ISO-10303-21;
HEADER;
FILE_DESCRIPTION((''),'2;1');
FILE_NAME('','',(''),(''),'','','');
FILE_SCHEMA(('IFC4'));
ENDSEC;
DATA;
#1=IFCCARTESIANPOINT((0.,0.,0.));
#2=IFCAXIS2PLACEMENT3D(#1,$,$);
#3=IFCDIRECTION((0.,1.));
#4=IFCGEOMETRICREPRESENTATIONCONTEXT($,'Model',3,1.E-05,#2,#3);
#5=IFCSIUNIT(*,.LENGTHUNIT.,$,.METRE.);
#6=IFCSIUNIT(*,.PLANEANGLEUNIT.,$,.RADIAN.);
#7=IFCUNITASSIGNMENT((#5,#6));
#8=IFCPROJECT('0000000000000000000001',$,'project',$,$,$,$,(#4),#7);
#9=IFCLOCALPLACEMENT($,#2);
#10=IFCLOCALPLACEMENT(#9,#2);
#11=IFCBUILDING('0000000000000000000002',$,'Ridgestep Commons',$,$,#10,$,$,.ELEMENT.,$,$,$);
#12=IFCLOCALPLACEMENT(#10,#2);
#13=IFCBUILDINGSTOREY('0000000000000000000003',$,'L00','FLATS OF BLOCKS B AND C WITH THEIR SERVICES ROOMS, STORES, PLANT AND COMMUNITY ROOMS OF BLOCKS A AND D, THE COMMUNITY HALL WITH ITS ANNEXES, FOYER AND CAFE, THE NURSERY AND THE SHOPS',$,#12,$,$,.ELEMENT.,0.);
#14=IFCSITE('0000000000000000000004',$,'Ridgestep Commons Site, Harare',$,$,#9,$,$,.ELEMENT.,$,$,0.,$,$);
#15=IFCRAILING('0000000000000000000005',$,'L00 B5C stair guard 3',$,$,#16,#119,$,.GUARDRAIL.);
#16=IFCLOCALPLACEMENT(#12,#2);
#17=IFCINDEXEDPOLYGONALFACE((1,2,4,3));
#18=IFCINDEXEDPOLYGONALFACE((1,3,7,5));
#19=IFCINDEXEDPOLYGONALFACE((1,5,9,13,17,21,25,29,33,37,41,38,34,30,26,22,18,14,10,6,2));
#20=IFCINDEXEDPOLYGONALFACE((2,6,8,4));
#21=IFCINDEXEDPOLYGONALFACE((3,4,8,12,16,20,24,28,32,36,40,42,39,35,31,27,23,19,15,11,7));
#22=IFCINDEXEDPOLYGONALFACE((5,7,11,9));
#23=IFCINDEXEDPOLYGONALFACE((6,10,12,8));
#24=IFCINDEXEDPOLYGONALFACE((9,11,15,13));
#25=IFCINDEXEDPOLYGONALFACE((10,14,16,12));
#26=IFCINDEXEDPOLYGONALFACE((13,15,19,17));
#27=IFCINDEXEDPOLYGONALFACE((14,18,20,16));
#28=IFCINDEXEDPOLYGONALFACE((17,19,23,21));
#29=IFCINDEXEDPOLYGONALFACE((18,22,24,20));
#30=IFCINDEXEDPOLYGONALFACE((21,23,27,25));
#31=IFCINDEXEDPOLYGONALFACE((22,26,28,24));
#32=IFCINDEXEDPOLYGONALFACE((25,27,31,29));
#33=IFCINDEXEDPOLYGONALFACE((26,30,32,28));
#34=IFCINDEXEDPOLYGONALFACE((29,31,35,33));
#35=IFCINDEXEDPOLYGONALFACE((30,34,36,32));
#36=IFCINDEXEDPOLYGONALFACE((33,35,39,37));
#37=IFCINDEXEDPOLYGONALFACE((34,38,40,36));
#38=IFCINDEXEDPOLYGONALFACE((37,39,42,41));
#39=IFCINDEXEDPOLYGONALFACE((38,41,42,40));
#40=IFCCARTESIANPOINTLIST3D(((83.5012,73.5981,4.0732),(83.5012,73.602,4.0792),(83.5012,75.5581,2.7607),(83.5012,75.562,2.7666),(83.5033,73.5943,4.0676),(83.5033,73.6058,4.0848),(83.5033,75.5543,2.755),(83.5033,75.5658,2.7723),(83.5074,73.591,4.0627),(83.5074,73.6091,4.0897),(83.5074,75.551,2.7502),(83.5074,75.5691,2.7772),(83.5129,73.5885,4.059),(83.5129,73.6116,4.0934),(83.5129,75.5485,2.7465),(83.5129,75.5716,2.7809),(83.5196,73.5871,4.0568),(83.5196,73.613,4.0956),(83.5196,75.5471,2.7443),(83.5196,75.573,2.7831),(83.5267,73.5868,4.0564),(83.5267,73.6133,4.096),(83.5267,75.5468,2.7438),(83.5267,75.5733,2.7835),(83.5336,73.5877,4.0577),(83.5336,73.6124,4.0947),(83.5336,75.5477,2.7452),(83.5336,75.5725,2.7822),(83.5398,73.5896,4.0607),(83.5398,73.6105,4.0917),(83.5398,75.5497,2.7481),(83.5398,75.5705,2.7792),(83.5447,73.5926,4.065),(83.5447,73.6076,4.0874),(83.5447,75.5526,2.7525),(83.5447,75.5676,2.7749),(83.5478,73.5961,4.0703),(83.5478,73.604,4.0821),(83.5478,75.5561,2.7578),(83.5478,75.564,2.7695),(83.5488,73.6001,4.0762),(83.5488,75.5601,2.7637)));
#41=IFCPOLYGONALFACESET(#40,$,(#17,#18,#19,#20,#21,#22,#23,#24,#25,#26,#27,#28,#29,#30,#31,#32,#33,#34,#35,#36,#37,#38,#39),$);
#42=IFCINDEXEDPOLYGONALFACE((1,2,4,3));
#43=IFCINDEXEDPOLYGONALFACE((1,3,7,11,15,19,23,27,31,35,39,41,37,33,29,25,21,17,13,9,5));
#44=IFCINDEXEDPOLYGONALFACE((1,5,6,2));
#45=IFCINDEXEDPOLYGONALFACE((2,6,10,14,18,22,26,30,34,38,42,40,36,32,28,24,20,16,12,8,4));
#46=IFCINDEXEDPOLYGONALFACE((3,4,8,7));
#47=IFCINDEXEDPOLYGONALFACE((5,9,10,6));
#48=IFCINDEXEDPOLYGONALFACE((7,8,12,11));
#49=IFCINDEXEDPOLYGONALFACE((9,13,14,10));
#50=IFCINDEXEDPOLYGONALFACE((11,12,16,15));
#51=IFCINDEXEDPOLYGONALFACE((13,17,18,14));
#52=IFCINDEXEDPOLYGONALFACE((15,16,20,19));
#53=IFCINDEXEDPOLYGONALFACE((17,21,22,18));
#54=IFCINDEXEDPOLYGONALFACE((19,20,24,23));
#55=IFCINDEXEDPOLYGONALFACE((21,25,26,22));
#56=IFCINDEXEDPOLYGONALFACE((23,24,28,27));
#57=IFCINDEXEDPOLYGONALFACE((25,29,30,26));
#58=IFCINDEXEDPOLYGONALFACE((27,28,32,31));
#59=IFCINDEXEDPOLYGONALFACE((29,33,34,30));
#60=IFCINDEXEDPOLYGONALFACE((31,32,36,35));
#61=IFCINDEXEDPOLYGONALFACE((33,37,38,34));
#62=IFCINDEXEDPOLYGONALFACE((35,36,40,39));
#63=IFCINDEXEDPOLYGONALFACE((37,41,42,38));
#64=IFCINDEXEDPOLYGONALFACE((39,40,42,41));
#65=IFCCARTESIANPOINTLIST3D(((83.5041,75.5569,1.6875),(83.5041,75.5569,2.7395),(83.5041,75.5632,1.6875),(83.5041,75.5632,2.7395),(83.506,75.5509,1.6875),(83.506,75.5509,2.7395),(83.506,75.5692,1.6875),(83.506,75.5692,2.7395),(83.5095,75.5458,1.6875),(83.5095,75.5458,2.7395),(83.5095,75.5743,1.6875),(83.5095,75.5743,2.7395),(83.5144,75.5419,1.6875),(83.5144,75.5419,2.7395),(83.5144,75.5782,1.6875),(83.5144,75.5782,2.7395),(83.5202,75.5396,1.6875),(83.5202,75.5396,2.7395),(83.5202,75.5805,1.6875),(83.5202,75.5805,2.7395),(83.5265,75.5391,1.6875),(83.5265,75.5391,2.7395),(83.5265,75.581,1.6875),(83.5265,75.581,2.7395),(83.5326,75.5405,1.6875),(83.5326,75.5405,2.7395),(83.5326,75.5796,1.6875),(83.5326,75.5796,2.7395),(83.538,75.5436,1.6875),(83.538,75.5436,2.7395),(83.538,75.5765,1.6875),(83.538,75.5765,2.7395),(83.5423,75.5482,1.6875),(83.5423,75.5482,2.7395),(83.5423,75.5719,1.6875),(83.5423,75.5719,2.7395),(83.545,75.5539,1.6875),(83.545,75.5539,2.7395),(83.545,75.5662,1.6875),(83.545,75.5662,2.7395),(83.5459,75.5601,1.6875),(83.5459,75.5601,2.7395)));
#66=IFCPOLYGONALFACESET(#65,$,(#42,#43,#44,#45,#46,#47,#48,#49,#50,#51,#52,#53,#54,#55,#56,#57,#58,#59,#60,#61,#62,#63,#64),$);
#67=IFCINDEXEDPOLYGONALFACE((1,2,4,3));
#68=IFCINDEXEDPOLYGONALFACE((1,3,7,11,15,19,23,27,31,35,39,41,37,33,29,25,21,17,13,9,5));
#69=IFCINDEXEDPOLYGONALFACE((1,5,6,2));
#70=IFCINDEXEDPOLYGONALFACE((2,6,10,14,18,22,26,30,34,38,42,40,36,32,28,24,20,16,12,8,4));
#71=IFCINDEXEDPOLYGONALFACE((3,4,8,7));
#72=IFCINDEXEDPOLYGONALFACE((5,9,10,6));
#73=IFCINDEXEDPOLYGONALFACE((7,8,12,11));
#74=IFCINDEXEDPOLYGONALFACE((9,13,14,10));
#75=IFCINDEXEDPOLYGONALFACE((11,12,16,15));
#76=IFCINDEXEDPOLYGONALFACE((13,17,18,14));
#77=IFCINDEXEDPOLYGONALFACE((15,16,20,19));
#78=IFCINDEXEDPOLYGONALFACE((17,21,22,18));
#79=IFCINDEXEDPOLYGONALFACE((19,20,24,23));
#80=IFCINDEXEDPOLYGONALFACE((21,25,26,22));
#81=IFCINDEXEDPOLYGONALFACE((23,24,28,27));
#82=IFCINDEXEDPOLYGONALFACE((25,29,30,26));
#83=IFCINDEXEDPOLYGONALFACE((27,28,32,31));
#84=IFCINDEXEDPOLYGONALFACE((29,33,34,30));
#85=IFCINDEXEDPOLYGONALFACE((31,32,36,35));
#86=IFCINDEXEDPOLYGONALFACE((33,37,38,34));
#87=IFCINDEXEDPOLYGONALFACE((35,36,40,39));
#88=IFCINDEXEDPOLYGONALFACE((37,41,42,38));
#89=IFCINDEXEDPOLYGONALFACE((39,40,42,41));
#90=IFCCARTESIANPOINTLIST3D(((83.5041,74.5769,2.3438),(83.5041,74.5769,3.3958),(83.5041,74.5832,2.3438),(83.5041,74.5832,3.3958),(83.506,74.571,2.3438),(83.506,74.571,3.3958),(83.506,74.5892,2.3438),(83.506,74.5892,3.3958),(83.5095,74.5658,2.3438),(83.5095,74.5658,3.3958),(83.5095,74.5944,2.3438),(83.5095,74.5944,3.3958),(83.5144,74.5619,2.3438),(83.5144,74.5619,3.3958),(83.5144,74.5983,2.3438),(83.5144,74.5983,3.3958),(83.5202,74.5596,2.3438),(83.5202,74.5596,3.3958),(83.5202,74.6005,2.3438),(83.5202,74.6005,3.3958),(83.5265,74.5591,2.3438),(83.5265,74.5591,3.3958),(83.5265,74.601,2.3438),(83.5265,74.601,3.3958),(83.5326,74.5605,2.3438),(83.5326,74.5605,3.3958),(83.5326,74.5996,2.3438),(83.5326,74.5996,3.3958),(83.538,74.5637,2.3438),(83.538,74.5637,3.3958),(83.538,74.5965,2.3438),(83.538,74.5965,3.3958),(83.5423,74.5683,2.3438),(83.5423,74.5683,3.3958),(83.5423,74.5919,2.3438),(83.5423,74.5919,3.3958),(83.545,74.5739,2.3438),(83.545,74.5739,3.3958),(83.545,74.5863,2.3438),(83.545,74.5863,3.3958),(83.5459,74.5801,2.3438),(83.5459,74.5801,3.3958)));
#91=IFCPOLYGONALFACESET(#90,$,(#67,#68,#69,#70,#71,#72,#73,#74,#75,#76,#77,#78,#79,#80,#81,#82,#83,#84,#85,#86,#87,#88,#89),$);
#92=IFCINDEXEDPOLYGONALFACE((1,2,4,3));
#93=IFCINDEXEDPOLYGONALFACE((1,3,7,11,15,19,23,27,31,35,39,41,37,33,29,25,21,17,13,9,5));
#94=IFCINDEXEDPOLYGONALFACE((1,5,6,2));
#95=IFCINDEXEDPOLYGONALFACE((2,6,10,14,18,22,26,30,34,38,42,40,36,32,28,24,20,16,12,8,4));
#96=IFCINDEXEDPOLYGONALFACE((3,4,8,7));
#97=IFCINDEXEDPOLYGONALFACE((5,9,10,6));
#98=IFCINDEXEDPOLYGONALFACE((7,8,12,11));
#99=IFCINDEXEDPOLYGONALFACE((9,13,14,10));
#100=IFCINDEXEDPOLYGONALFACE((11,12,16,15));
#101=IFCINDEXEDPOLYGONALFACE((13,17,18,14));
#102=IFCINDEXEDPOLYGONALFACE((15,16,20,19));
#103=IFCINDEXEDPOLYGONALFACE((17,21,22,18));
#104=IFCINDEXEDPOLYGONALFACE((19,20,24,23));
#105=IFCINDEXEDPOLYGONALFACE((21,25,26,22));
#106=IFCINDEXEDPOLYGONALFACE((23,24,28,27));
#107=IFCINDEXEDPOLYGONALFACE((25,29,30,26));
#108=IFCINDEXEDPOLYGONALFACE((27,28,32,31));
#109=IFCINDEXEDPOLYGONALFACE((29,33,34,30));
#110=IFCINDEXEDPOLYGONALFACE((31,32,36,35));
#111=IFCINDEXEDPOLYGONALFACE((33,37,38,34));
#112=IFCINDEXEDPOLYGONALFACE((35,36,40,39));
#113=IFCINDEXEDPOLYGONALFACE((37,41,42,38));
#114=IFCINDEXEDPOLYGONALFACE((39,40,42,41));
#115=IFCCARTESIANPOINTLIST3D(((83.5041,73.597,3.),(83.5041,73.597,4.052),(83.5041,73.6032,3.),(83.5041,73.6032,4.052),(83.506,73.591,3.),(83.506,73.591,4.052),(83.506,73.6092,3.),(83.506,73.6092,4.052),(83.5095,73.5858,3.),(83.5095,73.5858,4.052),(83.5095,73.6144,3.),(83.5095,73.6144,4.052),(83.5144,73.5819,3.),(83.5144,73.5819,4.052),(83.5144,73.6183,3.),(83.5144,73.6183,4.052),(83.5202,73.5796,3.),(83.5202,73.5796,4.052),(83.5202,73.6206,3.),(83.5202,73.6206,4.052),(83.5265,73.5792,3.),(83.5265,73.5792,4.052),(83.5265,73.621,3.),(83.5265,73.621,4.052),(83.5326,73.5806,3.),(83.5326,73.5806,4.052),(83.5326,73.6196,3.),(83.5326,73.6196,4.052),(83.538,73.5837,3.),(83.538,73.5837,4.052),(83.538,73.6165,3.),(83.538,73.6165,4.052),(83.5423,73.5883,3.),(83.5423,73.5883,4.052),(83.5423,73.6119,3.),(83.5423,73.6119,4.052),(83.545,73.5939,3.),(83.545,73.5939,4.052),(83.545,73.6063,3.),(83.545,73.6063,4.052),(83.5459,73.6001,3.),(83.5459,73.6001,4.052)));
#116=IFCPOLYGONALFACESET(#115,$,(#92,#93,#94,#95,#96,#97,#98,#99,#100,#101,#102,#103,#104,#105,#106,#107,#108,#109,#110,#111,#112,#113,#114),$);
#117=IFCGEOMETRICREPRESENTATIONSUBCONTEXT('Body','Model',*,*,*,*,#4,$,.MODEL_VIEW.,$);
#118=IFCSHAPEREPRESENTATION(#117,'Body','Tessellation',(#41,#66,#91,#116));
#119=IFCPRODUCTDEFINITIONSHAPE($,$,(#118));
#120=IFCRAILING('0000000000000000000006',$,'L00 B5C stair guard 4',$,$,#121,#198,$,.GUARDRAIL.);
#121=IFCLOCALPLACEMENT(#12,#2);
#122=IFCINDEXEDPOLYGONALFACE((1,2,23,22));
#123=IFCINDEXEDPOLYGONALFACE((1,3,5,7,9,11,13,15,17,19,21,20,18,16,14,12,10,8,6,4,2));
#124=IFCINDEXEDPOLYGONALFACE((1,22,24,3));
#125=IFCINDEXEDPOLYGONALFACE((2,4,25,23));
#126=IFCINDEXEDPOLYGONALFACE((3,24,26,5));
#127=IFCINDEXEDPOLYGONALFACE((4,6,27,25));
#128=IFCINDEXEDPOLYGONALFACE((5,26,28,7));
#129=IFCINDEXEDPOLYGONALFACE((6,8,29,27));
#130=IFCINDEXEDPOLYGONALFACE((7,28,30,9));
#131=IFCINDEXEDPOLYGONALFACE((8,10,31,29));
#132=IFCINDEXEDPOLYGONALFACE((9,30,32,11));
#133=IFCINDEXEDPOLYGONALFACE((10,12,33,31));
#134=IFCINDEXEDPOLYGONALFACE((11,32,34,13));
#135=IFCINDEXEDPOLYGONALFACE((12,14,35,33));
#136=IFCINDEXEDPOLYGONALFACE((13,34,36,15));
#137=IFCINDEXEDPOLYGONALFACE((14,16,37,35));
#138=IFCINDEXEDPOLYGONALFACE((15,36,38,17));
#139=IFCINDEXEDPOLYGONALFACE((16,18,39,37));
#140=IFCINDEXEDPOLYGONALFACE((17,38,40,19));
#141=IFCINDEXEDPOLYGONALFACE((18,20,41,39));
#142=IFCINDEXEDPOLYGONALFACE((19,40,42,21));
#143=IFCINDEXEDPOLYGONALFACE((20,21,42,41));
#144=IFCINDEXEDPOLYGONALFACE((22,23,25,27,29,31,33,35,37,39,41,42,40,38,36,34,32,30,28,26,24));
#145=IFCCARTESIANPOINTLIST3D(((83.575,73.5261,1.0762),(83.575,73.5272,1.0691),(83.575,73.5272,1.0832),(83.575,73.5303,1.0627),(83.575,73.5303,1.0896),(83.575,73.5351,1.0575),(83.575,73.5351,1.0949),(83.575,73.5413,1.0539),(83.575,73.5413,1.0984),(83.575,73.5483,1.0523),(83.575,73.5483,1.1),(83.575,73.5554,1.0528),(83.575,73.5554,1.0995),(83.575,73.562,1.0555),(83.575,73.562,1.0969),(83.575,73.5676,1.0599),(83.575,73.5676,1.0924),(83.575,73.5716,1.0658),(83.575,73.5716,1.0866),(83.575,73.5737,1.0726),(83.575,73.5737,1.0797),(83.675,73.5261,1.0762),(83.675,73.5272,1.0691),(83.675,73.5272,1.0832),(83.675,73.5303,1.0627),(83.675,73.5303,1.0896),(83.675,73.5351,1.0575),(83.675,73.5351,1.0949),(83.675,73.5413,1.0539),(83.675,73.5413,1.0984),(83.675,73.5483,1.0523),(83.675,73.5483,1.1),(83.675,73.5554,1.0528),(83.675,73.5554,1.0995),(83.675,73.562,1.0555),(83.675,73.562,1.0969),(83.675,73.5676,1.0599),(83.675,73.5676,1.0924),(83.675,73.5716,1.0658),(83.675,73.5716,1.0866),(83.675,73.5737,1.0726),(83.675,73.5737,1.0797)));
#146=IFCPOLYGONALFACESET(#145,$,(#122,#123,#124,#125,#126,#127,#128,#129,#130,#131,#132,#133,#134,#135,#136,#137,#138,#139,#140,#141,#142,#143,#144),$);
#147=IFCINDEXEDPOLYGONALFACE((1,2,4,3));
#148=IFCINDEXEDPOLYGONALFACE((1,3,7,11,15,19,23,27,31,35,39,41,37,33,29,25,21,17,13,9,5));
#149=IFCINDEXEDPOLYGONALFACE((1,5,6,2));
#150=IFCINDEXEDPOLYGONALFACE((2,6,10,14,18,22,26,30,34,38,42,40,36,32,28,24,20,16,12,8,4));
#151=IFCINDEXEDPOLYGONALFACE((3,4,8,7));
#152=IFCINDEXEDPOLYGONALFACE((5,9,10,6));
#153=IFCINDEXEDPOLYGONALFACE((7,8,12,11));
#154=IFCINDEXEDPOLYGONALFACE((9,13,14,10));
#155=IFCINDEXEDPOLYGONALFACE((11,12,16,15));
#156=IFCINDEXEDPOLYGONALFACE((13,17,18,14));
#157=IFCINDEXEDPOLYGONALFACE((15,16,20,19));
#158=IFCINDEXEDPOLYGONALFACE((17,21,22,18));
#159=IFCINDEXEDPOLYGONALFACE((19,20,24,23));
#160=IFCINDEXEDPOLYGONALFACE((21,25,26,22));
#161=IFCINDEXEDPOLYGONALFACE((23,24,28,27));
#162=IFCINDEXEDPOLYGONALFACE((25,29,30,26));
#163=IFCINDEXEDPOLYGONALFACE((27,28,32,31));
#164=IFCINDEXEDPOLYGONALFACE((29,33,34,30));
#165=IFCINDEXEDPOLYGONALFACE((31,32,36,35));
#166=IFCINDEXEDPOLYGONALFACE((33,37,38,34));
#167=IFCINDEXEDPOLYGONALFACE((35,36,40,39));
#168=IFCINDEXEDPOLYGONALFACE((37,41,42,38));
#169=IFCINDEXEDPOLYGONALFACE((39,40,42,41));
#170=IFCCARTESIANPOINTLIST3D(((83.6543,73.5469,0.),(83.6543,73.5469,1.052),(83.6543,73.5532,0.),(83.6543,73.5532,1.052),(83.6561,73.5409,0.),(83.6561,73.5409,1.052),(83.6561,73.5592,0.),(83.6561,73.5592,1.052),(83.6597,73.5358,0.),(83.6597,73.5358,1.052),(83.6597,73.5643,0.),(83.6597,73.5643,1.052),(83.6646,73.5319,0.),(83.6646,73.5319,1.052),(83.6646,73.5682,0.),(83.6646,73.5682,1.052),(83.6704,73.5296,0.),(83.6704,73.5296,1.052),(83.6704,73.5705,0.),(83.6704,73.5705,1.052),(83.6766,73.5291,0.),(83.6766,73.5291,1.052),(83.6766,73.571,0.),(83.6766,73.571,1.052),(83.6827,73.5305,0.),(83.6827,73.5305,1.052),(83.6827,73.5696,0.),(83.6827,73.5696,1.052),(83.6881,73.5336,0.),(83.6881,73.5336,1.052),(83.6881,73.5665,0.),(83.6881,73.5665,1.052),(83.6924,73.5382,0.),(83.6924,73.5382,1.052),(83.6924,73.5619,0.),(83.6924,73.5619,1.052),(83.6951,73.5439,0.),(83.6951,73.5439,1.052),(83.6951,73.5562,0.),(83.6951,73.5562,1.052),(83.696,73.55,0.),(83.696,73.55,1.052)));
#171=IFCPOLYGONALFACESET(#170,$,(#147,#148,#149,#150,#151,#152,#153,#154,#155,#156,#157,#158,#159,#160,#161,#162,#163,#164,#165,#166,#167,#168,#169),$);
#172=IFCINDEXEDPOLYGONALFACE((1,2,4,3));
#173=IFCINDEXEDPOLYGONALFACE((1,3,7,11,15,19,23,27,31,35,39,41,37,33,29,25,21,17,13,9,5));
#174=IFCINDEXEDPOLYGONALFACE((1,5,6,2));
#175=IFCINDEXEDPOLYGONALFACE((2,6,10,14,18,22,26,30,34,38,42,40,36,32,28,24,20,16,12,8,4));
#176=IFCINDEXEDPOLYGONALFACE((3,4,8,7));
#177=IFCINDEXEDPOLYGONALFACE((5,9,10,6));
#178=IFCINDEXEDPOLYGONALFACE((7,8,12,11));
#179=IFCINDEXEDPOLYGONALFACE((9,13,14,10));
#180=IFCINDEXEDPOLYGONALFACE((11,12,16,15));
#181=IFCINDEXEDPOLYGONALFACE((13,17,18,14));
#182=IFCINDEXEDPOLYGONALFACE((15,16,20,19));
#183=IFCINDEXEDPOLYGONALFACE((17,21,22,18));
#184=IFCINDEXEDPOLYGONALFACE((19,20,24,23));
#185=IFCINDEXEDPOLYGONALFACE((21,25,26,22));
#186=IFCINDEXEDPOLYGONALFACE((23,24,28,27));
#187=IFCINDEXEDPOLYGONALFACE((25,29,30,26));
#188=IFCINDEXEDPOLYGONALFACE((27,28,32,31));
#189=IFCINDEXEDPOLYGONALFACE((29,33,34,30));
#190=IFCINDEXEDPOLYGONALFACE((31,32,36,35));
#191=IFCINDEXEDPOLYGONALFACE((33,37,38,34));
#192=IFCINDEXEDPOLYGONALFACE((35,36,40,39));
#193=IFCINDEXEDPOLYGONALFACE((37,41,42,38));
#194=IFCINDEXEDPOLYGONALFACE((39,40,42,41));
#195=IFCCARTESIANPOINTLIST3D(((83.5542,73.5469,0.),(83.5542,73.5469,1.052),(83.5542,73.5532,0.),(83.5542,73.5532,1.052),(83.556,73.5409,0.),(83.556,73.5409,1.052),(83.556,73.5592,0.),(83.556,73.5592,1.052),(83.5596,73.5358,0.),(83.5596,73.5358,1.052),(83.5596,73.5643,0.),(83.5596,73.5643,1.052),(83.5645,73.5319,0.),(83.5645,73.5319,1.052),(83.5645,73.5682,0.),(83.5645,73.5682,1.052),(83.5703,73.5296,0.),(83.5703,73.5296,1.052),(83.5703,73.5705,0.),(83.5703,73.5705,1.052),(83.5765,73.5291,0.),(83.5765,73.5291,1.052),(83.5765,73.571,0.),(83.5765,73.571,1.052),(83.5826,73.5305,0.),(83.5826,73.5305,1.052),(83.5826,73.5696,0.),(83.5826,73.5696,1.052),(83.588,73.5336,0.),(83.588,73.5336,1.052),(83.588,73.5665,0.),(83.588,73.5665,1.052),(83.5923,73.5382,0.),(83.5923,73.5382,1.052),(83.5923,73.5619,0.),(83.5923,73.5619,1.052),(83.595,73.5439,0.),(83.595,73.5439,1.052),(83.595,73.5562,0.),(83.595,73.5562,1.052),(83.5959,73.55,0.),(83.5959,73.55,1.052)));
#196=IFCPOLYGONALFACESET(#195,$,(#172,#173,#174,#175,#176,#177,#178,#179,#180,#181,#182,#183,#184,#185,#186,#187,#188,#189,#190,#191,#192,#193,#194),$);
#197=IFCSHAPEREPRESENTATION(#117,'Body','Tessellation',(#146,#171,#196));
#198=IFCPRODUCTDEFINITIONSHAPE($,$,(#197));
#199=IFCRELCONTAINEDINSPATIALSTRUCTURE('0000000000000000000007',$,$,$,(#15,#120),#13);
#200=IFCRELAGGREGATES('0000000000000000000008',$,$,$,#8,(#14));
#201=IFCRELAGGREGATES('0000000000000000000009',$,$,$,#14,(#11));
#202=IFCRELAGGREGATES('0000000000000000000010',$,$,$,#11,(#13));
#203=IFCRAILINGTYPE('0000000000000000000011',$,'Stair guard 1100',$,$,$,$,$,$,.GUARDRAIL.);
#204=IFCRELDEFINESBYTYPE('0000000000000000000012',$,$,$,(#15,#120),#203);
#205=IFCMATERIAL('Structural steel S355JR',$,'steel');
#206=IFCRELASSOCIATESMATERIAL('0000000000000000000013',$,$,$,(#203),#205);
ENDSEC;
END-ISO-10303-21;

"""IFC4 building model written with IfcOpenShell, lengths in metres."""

from ifc_helpers import new_model, si_unit, direction, frame, origin, origin_2d, place, context, subcontext, project, spatial, circle, extrude, material, type_object, element, save


model = new_model("IFC4")

# Units and contexts
model_context = context("Model", 3, precision=1e-05, world=origin(), true_north=direction((0.0, 1.0)))
body_context = subcontext(model_context, "Body", "Model", "MODEL_VIEW")
ifc_project = project(units=[si_unit("LENGTHUNIT", "METRE"), si_unit("PLANEANGLEUNIT", "RADIAN")], contexts=[model_context])

# Site, building, storey
site_placement = place(None, origin())
site = spatial("IfcSite", under=ifc_project, at=site_placement, Name="Ridgestep Commons Site, Harare", CompositionType="ELEMENT", RefElevation=0.0)
building_placement = place(site_placement, origin())
building = spatial("IfcBuilding", under=site, at=building_placement, Name="Ridgestep Commons", CompositionType="ELEMENT")
storey_placement = place(building_placement, origin())
storey = spatial("IfcBuildingStorey", under=building, at=storey_placement, Name="L00", Description="FLATS OF BLOCKS B AND C WITH THEIR SERVICES ROOMS, STORES, PLANT AND COMMUNITY ROOMS OF BLOCKS A AND D, THE COMMUNITY HALL WITH ITS ANNEXES, FOYER AND CAFE, THE NURSERY AND THE SHOPS", CompositionType="ELEMENT", Elevation=0.0)

# Railings
ifc_material_1 = material(Name="Structural steel S355JR", Category="steel")
railing_type_1 = type_object("IfcRailingType", Name="Stair guard 1100", PredefinedType="GUARDRAIL", material=ifc_material_1)
railing_1_placement = place(storey_placement, frame((83.5249, 75.5601, 1.6875)))
element("IfcRailing", 1, at=railing_1_placement, inside=storey, type_object=railing_type_1, Name="L00 B5C stair guard 3", PredefinedType="GUARDRAIL", context=body_context, shape_type="SweptSolid", body=[
    extrude(circle(Radius=0.0239, at=origin_2d()), frame((0.0, 0.0, 1.0762), z_axis=(0.0, -0.830902, 0.556419), x_axis=(1.0, 0.0, 0.0)), (0.0, 0.0, 1.0), 2.3589),
    extrude(circle(Radius=0.021, at=origin_2d()), origin(), (0.0, 0.0, 1.0), 1.052),
    extrude(circle(Radius=0.021, at=origin_2d()), frame((0.0, -0.98, 0.6562)), (0.0, 0.0, 1.0), 1.052),
    extrude(circle(Radius=0.021, at=origin_2d()), frame((0.0, -1.96, 1.3125)), (0.0, 0.0, 1.0), 1.052),
])
railing_2_placement = place(storey_placement, frame((83.675, 73.55, 0.0)))
element("IfcRailing", 2, at=railing_2_placement, inside=storey, type_object=railing_type_1, Name="L00 B5C stair guard 4", PredefinedType="GUARDRAIL", context=body_context, shape_type="SweptSolid", body=[
    extrude(circle(Radius=0.0239, at=origin_2d()), frame((0.0, 0.0, 1.0762), z_axis=(-1.0, 0.0, 0.0), x_axis=(0.0, -1.0, 0.0)), (0.0, 0.0, 1.0), 0.1001),
    extrude(circle(Radius=0.021, at=origin_2d()), origin(), (0.0, 0.0, 1.0), 1.052),
    extrude(circle(Radius=0.021, at=origin_2d()), frame((-0.1001, 0.0, 0.0)), (0.0, 0.0, 1.0), 1.052),
])

save(model, "model.ifc")
